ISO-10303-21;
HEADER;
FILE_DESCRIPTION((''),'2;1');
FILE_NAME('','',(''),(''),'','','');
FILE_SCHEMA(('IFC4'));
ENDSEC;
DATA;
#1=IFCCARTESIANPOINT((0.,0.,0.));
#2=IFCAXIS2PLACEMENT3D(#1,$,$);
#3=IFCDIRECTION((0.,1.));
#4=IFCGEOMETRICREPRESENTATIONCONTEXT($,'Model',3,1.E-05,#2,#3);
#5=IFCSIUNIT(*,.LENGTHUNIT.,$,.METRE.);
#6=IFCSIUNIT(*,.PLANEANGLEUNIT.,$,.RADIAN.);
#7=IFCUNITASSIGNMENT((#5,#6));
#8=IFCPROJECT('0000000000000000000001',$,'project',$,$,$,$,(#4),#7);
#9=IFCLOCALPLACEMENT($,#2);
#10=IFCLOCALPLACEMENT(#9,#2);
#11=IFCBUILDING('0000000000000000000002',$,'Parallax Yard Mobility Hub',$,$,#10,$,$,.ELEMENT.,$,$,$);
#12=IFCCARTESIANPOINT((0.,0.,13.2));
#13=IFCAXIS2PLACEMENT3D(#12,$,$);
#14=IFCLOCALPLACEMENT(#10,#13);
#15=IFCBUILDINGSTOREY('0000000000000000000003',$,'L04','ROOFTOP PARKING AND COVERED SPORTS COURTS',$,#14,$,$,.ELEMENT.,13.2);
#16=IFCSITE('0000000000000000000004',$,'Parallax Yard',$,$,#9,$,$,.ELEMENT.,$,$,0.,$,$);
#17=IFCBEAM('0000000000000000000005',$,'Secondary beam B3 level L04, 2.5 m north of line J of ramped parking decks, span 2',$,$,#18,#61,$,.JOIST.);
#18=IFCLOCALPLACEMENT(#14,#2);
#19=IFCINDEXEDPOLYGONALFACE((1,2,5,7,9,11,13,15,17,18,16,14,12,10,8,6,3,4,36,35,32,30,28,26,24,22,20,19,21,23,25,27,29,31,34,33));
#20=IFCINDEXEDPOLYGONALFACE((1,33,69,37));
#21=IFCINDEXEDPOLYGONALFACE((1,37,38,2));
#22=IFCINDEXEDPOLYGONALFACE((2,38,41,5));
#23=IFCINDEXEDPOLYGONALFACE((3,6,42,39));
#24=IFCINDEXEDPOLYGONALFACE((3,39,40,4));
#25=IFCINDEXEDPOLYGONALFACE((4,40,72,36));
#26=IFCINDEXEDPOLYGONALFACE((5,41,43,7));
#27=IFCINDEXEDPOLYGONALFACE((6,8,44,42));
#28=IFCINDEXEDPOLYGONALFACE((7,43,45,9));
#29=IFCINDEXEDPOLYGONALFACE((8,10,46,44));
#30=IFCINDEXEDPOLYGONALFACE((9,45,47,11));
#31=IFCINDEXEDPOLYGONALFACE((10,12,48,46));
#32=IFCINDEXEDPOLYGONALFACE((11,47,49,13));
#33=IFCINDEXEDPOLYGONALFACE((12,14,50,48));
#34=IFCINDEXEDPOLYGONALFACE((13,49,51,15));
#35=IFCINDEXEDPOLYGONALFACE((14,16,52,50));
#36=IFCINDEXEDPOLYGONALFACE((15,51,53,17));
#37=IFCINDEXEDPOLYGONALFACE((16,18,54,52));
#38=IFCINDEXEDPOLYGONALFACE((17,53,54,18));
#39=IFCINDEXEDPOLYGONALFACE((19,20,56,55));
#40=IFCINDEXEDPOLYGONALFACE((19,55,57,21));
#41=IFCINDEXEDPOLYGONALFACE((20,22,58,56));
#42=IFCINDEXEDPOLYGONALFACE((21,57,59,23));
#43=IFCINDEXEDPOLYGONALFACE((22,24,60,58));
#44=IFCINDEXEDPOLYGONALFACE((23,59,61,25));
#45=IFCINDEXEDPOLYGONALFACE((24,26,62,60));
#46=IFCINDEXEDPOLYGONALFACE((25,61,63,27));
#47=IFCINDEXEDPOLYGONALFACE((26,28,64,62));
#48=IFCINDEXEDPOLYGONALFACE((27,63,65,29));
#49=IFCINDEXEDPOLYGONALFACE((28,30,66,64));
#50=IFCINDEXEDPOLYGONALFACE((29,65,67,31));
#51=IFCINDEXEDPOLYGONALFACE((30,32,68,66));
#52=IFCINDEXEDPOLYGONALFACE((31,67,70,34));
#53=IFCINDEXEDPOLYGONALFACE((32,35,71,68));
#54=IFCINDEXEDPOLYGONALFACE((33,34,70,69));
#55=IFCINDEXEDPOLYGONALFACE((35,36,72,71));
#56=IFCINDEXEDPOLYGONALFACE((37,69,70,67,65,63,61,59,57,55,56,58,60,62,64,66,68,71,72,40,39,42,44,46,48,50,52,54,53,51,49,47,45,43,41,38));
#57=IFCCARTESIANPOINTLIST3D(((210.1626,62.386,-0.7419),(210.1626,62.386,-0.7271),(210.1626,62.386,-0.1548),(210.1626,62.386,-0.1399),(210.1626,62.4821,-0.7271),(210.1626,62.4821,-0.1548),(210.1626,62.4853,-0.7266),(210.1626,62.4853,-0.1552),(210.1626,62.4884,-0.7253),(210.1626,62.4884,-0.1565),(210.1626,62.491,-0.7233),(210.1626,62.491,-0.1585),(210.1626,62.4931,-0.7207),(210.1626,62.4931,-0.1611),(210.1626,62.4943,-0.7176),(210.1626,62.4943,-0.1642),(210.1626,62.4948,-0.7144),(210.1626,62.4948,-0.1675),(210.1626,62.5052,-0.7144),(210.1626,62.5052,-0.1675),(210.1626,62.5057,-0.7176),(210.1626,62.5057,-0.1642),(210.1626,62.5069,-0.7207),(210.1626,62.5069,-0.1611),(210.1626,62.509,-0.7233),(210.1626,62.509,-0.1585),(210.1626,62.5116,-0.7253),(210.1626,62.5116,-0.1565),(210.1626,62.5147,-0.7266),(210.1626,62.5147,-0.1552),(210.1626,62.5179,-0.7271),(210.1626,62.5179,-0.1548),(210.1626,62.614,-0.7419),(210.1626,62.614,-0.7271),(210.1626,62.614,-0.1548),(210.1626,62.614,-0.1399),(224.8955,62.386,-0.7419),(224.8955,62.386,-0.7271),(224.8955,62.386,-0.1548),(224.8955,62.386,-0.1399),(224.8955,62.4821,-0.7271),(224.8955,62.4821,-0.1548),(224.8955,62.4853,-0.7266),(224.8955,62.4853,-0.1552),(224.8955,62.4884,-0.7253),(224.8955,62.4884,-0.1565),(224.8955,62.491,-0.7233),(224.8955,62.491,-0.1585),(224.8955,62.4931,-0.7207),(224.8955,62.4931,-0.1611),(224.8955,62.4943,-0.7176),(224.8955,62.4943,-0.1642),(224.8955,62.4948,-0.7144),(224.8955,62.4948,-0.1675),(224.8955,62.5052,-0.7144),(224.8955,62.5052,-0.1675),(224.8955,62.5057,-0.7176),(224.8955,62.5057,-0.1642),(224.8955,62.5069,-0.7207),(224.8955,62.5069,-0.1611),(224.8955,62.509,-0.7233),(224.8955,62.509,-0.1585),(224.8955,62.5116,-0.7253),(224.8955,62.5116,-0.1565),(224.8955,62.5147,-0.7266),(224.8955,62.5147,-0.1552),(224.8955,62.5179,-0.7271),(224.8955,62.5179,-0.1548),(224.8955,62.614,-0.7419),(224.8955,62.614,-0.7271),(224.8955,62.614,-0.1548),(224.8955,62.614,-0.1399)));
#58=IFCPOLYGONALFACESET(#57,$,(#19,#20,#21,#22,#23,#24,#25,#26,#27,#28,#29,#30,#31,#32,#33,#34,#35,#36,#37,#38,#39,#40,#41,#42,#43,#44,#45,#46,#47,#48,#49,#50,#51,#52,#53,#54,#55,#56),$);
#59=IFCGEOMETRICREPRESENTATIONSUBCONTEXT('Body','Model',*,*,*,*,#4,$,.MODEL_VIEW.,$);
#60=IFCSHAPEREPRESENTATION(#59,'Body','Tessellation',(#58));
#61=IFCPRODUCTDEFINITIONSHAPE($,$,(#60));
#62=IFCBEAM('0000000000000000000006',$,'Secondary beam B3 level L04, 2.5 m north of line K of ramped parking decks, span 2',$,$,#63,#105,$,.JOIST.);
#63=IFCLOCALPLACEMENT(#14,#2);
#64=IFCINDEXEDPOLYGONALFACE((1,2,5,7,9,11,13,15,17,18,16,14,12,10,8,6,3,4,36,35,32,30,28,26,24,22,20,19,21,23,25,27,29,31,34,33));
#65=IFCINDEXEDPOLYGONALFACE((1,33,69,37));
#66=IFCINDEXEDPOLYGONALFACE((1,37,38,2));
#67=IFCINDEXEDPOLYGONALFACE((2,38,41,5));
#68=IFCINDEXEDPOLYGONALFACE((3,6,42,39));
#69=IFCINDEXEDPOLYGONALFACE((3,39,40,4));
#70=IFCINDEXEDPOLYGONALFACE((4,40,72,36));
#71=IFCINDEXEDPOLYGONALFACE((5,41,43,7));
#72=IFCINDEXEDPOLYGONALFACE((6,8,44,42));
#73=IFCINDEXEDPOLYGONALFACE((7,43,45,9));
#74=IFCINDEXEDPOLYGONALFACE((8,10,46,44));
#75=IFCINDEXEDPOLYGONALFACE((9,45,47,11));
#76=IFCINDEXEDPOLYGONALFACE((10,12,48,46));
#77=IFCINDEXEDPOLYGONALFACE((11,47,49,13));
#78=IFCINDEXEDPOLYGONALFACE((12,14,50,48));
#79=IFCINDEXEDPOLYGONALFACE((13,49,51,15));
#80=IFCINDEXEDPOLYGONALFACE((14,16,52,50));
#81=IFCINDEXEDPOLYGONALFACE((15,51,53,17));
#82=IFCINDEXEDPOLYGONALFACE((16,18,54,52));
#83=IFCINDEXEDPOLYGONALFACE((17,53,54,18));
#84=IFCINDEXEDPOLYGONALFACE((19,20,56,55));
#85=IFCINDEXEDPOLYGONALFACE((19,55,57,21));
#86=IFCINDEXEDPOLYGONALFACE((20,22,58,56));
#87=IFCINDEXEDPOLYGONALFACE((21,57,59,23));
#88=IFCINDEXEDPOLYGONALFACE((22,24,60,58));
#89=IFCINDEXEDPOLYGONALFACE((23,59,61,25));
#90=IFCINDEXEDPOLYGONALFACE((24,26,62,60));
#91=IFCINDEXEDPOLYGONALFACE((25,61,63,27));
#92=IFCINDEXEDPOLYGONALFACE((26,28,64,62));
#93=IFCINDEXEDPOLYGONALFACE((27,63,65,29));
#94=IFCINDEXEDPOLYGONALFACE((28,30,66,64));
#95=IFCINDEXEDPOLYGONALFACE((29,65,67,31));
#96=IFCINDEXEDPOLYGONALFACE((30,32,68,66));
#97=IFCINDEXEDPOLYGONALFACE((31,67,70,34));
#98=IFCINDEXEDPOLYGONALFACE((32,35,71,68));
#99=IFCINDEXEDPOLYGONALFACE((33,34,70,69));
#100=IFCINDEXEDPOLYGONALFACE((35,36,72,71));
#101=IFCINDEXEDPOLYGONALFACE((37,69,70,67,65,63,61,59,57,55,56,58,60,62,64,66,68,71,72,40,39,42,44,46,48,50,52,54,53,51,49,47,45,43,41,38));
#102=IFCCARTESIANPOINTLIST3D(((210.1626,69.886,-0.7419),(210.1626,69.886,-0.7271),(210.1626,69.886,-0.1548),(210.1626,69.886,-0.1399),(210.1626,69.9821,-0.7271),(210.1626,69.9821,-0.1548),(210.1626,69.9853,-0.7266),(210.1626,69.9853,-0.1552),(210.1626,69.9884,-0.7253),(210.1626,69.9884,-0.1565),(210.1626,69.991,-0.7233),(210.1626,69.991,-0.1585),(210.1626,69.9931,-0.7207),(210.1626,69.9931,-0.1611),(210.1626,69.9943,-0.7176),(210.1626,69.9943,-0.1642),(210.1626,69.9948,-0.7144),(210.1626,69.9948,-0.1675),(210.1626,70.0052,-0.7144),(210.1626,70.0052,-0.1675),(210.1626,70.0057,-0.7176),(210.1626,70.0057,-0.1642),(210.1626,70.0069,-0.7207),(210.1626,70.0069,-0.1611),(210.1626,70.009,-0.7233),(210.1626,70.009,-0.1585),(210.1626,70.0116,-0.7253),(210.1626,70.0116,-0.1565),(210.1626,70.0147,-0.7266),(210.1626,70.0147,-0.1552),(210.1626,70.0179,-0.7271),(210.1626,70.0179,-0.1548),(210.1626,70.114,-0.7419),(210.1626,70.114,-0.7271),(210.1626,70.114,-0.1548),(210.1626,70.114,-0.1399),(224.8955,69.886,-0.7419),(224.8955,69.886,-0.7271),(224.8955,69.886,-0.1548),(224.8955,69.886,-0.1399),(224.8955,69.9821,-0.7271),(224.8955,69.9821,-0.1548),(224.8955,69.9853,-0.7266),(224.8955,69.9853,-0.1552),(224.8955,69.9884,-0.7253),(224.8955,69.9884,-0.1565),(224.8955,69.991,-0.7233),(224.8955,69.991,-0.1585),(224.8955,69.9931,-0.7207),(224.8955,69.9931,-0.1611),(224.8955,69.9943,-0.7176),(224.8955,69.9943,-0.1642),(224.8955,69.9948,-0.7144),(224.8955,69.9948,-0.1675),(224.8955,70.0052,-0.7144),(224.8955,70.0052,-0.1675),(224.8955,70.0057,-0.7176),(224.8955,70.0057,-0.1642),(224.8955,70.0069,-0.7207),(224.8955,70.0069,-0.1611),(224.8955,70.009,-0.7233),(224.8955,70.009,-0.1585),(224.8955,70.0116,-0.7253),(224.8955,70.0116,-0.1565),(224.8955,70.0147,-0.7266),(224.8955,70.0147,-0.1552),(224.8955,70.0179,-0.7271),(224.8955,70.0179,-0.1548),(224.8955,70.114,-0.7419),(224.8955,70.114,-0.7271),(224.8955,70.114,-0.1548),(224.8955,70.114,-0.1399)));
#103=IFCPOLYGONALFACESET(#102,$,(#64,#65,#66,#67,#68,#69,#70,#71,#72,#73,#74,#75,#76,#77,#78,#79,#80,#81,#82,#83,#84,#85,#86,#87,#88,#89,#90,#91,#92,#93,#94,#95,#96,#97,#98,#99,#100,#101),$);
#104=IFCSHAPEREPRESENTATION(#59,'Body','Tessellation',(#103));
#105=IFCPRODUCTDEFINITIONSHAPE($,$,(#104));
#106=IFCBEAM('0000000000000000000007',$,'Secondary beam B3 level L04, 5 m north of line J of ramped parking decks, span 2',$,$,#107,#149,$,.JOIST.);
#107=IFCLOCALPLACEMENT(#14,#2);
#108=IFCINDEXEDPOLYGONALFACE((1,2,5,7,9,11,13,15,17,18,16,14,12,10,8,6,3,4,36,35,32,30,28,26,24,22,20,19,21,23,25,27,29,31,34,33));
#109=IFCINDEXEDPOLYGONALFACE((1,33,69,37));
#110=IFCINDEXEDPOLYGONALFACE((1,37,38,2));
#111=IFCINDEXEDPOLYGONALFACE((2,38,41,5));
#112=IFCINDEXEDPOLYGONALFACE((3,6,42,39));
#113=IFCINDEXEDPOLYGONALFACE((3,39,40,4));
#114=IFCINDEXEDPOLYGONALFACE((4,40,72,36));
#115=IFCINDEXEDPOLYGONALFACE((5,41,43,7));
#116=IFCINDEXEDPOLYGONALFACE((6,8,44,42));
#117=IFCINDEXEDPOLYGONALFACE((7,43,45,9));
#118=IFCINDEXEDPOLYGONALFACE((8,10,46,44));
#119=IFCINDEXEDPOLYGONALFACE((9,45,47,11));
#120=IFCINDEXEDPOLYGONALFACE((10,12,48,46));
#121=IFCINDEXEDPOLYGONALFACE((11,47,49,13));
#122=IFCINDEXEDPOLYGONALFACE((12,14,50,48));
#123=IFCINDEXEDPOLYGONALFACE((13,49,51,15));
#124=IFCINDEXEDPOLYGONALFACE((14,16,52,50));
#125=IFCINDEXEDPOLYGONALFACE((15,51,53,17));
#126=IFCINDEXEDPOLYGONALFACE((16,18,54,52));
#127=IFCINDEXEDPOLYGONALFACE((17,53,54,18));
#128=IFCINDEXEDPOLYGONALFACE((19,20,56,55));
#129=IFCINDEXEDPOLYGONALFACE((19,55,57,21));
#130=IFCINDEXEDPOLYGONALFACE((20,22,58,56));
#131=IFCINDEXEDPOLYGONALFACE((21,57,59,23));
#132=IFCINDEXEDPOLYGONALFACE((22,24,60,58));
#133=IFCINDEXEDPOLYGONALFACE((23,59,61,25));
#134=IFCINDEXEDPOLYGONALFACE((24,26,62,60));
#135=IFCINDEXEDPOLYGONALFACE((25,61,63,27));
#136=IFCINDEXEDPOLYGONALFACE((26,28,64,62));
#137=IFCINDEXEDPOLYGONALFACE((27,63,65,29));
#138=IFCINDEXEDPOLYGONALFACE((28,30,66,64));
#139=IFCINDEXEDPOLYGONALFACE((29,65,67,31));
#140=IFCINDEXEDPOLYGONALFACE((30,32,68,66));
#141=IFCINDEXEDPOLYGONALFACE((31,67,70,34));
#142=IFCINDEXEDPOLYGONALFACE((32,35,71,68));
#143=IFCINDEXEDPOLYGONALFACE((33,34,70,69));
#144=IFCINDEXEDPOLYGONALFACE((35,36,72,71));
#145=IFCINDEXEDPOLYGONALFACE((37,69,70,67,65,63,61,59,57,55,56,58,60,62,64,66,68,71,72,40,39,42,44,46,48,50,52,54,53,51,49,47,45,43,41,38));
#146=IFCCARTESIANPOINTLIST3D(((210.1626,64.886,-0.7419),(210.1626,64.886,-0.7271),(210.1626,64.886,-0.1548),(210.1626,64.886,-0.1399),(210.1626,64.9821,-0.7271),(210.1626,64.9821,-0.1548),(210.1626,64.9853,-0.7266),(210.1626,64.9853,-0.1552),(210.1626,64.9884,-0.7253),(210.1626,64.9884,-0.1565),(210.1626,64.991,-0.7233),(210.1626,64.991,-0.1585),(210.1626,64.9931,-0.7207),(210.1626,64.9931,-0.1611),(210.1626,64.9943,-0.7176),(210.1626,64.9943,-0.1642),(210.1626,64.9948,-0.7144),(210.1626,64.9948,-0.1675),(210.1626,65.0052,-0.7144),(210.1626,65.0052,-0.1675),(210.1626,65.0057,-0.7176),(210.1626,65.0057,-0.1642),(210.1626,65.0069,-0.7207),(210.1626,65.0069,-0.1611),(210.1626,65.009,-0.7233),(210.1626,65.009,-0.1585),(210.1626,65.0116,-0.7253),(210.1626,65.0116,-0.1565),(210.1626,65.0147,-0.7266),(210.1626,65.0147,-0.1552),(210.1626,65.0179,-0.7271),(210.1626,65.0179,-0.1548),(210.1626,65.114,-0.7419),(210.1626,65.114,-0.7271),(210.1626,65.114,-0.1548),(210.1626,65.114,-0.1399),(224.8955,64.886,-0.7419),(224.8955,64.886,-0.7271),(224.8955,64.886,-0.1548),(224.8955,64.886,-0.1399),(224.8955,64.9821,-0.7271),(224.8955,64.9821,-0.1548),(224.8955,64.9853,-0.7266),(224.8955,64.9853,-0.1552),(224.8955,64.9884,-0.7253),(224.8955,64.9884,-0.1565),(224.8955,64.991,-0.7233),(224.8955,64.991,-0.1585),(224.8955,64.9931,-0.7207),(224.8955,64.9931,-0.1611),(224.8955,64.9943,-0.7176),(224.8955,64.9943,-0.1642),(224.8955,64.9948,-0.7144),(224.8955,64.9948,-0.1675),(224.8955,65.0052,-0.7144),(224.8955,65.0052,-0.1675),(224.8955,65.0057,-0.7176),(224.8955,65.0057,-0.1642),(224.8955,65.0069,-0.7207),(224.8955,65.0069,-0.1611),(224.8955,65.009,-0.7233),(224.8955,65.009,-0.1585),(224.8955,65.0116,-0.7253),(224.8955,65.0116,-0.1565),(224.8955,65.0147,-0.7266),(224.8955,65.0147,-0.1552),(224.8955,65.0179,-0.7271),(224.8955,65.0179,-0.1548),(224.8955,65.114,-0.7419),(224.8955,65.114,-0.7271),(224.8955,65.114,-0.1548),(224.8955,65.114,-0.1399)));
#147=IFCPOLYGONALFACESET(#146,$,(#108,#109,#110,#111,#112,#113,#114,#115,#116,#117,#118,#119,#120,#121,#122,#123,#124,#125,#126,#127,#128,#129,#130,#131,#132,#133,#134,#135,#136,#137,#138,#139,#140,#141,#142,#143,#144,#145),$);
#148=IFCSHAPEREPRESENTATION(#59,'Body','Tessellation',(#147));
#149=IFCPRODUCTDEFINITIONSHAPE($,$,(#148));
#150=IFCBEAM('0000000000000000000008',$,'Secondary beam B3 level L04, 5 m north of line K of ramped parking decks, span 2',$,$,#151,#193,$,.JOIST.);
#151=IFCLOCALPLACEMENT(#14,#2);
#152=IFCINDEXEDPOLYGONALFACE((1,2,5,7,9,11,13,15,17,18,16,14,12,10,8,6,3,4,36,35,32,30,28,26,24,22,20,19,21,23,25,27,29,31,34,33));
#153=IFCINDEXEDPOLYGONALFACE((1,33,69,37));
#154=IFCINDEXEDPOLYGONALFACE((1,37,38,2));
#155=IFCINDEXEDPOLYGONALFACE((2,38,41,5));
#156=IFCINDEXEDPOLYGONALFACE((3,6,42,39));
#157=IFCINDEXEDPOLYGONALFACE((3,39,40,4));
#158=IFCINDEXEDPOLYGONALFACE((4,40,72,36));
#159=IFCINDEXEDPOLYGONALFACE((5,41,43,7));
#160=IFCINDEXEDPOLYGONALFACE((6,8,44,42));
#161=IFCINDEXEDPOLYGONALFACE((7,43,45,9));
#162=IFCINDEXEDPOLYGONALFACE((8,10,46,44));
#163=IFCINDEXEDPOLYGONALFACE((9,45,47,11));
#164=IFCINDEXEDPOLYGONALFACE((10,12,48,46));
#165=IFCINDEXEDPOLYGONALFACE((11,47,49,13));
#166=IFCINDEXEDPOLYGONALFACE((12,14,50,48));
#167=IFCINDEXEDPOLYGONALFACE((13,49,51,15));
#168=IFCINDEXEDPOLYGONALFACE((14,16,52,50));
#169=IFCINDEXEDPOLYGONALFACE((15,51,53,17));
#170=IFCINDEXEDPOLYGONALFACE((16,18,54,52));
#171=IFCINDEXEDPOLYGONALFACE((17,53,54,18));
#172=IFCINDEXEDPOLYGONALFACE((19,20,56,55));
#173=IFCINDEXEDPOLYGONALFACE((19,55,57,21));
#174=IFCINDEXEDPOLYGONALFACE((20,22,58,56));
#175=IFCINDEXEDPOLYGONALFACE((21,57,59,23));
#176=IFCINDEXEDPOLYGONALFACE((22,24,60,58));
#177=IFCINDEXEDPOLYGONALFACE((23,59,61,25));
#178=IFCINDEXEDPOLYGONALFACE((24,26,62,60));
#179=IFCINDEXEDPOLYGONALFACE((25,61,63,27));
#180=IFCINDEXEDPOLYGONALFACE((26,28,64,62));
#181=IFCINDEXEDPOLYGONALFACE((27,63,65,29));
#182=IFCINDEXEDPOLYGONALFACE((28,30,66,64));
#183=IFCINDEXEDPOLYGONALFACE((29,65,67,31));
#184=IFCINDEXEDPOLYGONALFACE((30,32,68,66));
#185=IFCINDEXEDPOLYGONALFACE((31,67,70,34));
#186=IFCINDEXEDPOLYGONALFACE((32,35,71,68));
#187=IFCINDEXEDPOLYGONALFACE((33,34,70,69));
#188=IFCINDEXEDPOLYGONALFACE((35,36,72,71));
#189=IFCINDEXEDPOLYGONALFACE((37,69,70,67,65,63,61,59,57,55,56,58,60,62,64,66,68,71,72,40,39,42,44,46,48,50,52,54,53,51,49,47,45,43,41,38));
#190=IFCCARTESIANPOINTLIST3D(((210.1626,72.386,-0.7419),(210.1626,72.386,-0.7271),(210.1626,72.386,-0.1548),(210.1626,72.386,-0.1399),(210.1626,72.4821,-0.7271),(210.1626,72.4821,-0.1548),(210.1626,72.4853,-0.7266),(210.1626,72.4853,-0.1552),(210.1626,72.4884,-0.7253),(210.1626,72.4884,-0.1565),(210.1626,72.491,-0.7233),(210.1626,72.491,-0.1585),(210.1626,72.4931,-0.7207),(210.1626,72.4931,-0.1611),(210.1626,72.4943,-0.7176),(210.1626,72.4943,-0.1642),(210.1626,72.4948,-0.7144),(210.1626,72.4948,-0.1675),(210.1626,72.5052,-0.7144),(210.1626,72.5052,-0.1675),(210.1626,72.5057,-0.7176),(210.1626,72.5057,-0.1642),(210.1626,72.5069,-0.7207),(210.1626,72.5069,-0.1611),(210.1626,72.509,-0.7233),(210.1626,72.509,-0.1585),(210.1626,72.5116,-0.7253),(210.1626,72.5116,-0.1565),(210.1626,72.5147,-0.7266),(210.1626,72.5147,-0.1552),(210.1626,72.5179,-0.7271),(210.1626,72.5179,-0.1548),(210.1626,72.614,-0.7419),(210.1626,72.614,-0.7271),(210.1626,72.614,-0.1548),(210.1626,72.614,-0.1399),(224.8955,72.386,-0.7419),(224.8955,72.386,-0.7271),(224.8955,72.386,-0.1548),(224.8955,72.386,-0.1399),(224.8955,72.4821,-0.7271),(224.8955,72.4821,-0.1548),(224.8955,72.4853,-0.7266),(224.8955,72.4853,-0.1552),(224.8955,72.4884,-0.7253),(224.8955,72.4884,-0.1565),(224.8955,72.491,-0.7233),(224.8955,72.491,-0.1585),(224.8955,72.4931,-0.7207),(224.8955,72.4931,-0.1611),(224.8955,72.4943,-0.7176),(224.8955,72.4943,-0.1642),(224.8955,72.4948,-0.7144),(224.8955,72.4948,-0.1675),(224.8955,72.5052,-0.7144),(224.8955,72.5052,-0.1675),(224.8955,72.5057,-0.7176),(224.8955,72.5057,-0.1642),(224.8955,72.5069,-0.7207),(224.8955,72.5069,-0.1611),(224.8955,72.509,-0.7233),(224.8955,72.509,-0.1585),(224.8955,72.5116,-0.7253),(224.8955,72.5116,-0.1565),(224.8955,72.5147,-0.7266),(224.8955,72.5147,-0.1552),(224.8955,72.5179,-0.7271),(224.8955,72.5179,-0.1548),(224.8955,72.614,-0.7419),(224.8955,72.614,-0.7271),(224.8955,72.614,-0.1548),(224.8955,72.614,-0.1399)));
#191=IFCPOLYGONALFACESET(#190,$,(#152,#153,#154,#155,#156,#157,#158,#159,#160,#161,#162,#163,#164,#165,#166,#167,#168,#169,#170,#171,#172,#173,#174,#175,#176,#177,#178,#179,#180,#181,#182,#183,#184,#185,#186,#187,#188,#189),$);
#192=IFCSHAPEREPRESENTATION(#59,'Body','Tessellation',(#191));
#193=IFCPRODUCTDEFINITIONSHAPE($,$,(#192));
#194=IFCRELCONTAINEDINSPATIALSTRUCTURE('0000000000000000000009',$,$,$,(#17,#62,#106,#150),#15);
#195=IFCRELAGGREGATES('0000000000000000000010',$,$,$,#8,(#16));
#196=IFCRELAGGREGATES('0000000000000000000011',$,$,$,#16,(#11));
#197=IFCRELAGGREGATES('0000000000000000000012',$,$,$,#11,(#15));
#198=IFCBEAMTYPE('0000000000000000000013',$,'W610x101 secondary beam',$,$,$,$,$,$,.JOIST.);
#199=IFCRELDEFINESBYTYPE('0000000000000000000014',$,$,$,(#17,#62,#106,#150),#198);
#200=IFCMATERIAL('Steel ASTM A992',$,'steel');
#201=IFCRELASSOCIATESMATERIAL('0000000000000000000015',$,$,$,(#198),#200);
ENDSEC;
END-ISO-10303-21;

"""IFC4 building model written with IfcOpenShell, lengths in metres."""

from ifc_helpers import new_model, si_unit, direction, frame, origin, origin_2d, place, context, subcontext, project, spatial, i_section, extrude, material, material_profile, profile_set, type_object, element, save


model = new_model("IFC4")

# Units and contexts
model_context = context("Model", 3, precision=1e-05, world=origin(), true_north=direction((0.0, 1.0)))
body_context = subcontext(model_context, "Body", "Model", "MODEL_VIEW")
ifc_project = project(units=[si_unit("LENGTHUNIT", "METRE"), si_unit("PLANEANGLEUNIT", "RADIAN")], contexts=[model_context])

# Site, building, storey
site_placement = place(None, origin())
site = spatial("IfcSite", under=ifc_project, at=site_placement, Name="Parallax Yard", CompositionType="ELEMENT", RefElevation=0.0)
building_placement = place(site_placement, origin())
building = spatial("IfcBuilding", under=site, at=building_placement, Name="Parallax Yard Mobility Hub", CompositionType="ELEMENT")
storey_placement = place(building_placement, frame((0.0, 0.0, 13.2)))
storey = spatial("IfcBuildingStorey", under=building, at=storey_placement, Name="L04", Description="ROOFTOP PARKING AND COVERED SPORTS COURTS", CompositionType="ELEMENT", Elevation=13.2)

# Shared definitions
ifc_material_1 = material(Name="Steel ASTM A992", Category="steel")

# Beams
ifc_material_profile_1 = material_profile(ifc_material_1, i_section(OverallWidth=0.228, OverallDepth=0.6021, WebThickness=0.0105, FlangeThickness=0.0149, FilletRadius=0.0127, at=origin_2d()), Name="W610x101")
ifc_profile_set_1 = profile_set([ifc_material_profile_1], Name="Steel ASTM A992")
beam_type_1 = type_object("IfcBeamType", Name="W610x101 secondary beam", PredefinedType="JOIST", material=ifc_profile_set_1)
for number, where, z_axis, x_axis, name in (
    (1, (210.1626, 62.5, -0.4409), (1.0, 0.0, 0.0), (0.0, 1.0, 0.0), "Secondary beam B3 level L04, 2.5 m north of line J of ramped parking decks, span 2"),
    (2, (210.1626, 70.0, -0.4409), (1.0, 0.0, 0.0), (0.0, 1.0, 0.0), "Secondary beam B3 level L04, 2.5 m north of line K of ramped parking decks, span 2"),
    (3, (210.1626, 65.0, -0.4409), (1.0, 0.0, 0.0), (0.0, 1.0, 0.0), "Secondary beam B3 level L04, 5 m north of line J of ramped parking decks, span 2"),
    (4, (210.1626, 72.5, -0.4409), (1.0, 0.0, 0.0), (0.0, 1.0, 0.0), "Secondary beam B3 level L04, 5 m north of line K of ramped parking decks, span 2"),
):
    element("IfcBeam", number, at=place(storey_placement, frame(where, z_axis=z_axis, x_axis=x_axis)), inside=storey, type_object=beam_type_1, Name=name, PredefinedType="JOIST", context=body_context, shape_type="SweptSolid", body=[
        extrude(i_section(OverallWidth=0.228, OverallDepth=0.6021, WebThickness=0.0105, FlangeThickness=0.0149, FilletRadius=0.0127, at=origin_2d()), origin(), (0.0, 0.0, 1.0), 14.7329),
    ])

save(model, "model.ifc")
